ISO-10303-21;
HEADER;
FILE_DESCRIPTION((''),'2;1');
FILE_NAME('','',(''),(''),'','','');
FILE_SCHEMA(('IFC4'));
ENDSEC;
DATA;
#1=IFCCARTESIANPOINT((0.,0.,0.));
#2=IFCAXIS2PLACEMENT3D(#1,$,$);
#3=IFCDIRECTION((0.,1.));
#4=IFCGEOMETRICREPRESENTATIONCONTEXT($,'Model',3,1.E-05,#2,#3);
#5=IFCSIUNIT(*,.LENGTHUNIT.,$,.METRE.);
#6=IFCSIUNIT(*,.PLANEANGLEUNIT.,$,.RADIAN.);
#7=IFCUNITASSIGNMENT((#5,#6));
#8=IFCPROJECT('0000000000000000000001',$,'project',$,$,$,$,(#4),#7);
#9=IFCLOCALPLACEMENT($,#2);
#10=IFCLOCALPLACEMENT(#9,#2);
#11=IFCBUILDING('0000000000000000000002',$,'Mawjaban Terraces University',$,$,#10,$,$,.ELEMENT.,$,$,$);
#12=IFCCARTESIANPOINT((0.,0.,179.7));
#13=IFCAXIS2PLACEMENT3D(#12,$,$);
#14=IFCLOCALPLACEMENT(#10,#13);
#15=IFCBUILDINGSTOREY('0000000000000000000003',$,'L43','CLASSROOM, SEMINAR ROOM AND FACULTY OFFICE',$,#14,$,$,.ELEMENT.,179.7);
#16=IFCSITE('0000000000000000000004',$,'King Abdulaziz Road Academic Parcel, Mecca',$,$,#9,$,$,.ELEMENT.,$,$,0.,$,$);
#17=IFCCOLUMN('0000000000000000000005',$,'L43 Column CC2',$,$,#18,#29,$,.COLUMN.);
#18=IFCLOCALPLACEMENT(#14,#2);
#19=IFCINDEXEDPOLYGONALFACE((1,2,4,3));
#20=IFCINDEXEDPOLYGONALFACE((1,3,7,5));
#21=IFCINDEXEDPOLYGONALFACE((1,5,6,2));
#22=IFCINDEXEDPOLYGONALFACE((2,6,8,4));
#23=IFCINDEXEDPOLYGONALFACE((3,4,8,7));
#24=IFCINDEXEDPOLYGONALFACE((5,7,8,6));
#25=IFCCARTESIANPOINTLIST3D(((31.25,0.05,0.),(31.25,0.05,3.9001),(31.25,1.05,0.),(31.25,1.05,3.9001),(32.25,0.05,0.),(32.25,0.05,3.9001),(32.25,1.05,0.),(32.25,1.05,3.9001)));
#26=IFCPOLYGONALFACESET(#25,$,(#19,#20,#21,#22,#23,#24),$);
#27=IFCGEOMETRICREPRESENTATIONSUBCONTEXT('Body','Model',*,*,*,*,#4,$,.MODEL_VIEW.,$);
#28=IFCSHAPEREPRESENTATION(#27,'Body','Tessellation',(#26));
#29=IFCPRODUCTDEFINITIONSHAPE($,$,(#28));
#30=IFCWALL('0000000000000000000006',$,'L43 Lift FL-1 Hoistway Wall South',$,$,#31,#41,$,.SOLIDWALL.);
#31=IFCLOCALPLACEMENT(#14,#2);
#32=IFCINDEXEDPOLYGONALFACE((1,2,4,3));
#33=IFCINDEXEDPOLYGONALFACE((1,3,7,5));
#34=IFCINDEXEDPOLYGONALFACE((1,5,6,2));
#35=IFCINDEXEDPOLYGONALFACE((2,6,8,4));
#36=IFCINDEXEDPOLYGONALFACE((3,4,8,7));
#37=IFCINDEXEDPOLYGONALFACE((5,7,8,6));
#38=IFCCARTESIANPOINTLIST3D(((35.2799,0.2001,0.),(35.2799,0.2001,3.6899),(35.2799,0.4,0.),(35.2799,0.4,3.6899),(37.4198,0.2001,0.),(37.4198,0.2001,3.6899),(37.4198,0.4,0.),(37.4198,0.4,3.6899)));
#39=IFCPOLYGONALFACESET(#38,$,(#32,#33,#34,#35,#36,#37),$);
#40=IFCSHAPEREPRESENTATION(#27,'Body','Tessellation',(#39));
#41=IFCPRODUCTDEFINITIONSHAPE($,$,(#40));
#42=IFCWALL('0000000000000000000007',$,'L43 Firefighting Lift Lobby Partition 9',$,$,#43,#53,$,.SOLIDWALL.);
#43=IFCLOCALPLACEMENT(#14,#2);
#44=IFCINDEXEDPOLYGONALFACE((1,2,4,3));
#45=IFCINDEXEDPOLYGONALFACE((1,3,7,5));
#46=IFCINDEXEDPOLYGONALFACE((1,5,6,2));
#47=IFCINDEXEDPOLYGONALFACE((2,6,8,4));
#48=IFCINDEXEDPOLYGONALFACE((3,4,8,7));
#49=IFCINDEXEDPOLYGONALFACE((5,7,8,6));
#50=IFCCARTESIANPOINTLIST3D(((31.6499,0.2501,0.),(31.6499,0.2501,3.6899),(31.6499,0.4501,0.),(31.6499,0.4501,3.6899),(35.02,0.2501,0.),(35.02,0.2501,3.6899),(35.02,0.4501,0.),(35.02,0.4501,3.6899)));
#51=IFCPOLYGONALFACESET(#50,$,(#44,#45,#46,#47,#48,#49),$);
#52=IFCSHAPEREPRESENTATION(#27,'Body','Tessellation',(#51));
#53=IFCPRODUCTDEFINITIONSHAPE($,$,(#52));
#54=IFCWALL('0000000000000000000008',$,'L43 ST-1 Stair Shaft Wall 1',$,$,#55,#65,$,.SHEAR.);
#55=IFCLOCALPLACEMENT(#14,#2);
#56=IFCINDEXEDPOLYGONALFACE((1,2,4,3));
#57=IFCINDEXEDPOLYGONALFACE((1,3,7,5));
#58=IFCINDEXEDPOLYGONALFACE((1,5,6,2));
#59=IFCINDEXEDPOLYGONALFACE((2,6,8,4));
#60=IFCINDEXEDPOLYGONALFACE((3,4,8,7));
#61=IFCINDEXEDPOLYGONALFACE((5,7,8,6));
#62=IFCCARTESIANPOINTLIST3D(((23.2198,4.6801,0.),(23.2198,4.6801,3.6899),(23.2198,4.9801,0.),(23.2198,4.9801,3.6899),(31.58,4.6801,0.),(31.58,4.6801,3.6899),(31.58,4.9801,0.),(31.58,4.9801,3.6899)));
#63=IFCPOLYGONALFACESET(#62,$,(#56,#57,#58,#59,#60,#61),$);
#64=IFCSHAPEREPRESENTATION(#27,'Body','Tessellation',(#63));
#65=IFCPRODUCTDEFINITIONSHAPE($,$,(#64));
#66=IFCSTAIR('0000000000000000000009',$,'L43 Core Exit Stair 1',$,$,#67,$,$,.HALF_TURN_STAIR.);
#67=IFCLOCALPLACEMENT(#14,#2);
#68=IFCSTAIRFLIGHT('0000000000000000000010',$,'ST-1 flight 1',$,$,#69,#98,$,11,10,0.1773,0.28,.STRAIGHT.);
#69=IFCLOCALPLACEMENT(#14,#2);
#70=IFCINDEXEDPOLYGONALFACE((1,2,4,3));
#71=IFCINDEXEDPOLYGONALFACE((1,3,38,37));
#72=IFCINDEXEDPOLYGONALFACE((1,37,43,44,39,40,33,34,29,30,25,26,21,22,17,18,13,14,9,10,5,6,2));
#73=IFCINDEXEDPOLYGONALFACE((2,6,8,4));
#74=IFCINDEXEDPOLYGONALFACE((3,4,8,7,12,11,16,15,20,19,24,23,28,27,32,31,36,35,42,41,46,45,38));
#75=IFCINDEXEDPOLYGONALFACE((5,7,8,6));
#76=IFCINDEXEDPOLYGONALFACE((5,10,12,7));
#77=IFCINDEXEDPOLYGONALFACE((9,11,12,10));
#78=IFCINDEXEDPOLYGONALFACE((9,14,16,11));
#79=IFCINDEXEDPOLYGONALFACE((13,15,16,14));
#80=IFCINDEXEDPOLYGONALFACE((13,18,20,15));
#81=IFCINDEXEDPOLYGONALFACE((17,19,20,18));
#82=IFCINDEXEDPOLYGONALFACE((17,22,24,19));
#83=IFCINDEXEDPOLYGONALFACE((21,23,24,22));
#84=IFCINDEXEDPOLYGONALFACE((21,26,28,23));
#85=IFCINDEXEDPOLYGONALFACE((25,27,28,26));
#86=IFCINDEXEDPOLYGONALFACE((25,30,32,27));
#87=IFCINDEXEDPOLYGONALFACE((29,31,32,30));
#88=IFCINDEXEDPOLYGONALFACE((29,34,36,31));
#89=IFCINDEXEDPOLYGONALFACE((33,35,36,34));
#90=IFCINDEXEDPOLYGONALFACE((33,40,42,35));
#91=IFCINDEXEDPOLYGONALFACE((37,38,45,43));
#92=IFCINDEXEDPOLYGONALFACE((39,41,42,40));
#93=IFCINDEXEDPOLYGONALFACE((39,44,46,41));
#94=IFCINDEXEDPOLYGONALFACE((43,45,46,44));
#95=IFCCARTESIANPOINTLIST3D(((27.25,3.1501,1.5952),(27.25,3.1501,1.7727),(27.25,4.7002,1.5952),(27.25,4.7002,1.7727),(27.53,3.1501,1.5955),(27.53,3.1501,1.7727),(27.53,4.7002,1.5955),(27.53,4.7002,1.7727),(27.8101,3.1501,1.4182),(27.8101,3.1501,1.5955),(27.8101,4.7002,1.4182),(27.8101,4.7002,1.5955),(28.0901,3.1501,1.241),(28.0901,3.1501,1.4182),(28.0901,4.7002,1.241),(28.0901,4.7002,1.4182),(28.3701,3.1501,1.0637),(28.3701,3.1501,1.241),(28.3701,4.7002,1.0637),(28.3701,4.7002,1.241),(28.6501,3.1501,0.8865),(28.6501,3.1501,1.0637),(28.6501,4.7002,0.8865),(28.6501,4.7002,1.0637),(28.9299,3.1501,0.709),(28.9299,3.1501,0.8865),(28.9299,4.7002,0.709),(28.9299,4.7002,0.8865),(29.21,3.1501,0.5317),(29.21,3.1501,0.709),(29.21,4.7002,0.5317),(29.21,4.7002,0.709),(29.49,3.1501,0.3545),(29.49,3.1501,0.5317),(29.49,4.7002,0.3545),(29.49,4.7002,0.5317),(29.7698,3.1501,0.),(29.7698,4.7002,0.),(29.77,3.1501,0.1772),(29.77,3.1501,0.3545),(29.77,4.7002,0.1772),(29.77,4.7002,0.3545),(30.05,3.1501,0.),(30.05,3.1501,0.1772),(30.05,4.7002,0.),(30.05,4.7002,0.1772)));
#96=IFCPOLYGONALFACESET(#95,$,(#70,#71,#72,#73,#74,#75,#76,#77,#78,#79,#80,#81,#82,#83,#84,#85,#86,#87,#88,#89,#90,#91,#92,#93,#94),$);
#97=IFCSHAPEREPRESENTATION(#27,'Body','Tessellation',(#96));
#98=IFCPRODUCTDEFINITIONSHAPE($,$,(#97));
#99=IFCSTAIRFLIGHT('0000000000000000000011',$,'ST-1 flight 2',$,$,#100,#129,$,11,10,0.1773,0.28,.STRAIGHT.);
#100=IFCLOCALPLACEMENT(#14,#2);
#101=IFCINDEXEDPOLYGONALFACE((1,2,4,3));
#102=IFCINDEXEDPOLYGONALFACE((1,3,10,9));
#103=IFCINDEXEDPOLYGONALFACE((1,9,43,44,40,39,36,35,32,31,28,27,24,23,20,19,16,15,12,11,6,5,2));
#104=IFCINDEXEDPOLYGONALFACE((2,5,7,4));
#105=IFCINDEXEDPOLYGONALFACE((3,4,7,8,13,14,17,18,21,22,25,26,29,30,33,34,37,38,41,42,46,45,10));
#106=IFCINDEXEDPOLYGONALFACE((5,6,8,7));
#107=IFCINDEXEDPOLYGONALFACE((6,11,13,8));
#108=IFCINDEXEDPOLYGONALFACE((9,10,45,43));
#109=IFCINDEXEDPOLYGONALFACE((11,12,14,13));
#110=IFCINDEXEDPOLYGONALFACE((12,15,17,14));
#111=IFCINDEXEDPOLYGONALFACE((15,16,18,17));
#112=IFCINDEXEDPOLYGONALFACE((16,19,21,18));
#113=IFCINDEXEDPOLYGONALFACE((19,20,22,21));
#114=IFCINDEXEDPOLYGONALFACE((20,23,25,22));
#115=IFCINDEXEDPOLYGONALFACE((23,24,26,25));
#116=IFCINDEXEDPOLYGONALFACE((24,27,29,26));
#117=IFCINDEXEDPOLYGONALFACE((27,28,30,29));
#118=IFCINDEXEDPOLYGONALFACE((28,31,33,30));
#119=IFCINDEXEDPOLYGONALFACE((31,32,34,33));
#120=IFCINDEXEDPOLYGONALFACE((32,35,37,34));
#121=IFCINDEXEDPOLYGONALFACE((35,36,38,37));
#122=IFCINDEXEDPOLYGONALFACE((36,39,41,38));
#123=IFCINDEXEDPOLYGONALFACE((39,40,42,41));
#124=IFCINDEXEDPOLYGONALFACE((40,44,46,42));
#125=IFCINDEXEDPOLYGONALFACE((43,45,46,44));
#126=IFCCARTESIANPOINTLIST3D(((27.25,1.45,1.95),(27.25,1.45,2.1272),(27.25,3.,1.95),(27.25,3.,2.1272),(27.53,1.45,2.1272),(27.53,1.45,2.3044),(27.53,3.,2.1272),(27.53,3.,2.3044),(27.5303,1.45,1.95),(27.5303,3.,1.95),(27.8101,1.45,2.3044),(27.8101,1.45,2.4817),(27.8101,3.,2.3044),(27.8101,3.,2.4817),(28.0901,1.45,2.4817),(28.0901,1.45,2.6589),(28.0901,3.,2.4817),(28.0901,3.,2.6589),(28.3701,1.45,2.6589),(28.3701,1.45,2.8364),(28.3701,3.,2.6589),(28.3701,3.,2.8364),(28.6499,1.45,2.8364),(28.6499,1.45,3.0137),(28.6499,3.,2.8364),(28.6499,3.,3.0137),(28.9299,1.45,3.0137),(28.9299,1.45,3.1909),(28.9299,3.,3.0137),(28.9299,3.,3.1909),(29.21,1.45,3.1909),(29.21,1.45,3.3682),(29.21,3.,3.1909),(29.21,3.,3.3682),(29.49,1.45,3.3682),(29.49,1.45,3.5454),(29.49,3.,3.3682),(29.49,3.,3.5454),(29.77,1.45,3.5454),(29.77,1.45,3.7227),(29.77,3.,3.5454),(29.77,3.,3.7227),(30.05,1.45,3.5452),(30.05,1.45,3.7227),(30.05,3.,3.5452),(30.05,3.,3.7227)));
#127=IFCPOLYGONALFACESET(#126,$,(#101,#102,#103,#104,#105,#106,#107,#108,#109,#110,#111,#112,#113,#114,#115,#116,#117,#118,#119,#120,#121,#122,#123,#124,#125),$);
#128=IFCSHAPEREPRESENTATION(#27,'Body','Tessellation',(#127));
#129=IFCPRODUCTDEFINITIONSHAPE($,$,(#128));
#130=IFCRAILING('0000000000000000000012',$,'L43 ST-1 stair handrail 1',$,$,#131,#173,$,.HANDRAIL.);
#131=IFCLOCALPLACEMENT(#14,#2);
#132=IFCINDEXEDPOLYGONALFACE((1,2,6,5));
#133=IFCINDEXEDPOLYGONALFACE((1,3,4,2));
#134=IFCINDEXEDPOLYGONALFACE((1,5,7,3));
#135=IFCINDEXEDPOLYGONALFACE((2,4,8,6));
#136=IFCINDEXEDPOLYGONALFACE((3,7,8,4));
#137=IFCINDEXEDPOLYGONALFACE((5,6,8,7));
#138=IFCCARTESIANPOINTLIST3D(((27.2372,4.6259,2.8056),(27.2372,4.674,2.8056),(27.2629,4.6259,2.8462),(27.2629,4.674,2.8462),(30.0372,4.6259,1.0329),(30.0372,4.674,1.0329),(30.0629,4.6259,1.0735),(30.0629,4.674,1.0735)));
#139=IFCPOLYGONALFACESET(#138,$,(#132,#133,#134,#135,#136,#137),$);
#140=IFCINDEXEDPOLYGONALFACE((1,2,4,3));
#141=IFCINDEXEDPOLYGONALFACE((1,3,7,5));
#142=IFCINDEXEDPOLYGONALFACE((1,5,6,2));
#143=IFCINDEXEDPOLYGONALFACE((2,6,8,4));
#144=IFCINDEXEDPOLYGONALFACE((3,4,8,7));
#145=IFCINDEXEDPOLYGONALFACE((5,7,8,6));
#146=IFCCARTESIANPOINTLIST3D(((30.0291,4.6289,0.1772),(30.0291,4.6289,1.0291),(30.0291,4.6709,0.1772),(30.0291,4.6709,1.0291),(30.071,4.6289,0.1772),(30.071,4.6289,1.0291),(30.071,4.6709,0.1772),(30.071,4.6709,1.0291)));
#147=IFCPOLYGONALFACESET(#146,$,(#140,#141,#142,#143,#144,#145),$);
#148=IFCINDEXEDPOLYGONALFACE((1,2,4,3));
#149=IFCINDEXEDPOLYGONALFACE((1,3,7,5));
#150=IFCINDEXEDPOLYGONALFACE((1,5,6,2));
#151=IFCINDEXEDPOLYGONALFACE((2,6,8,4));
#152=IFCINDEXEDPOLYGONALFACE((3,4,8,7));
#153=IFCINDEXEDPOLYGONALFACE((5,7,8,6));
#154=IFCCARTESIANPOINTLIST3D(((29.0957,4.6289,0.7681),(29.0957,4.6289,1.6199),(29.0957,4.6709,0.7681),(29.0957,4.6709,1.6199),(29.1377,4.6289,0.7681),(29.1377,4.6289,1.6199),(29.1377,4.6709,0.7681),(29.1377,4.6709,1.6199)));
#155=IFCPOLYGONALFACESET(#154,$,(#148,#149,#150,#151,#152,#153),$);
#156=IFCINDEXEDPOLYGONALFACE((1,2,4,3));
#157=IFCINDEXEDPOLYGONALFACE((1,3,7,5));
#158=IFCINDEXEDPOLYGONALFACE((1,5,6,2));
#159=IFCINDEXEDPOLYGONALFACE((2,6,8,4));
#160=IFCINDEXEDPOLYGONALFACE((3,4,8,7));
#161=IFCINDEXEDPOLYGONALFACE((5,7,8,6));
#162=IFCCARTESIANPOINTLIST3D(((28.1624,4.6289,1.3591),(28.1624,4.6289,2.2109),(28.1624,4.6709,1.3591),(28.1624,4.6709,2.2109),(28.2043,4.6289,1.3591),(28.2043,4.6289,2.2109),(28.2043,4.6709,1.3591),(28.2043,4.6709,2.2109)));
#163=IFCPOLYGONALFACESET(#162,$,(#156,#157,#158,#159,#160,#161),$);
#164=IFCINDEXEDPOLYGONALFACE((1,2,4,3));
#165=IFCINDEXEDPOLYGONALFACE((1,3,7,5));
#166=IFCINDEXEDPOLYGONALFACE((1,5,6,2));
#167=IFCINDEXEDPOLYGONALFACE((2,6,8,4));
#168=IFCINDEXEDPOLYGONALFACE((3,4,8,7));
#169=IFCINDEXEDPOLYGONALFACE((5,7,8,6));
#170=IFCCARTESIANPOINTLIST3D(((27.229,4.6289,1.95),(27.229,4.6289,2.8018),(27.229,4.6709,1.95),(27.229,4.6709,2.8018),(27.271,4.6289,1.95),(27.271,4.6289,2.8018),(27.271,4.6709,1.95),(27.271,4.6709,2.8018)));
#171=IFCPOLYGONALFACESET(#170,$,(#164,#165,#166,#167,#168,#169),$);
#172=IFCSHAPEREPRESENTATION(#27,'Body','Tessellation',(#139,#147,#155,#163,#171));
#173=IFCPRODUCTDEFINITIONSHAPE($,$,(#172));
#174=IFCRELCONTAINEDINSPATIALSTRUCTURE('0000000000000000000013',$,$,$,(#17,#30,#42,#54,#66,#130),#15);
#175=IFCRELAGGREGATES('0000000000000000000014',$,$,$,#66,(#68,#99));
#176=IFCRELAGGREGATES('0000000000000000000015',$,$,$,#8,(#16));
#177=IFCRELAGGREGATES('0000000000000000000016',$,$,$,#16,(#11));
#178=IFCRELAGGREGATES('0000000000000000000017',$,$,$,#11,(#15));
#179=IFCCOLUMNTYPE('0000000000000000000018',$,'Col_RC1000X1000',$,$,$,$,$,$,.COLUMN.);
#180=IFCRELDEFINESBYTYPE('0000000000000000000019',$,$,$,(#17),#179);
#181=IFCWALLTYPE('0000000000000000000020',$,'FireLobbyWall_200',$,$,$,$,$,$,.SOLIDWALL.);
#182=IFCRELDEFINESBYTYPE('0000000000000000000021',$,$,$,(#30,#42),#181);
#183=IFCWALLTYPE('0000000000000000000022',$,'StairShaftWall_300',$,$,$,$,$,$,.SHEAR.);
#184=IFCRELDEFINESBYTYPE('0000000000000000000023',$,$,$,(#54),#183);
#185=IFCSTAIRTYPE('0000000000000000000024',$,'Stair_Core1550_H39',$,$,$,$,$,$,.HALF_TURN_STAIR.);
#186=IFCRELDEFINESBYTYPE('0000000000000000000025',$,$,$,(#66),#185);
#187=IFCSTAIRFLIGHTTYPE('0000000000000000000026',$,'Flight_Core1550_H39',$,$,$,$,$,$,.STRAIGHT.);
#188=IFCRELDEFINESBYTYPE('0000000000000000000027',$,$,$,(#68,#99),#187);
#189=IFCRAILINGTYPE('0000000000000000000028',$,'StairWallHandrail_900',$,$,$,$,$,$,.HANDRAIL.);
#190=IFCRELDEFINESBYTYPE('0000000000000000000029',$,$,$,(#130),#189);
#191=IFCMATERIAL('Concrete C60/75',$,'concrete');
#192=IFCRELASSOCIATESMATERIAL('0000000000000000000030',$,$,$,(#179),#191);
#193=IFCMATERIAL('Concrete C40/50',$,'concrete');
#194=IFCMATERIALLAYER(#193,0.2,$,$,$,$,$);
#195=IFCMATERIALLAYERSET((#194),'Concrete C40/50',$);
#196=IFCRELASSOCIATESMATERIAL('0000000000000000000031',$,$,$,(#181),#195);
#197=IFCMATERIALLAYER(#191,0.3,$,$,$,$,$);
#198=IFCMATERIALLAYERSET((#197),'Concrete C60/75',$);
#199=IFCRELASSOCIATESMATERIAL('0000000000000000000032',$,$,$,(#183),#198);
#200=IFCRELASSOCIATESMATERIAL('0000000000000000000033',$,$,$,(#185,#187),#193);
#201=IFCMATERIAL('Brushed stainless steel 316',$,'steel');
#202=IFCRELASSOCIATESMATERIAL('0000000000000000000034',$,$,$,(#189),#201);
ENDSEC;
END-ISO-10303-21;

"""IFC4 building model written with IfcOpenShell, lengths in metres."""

from ifc_helpers import new_model, si_unit, direction, frame, frame_2d, origin, origin_2d, place, context, subcontext, project, spatial, polyline, rectangle, outline, extrude, material, layer, layer_set, material_profile, profile_set, type_object, element, aggregate, save


model = new_model("IFC4")

# Units and contexts
model_context = context("Model", 3, precision=1e-05, world=origin(), true_north=direction((0.0, 1.0)))
body_context = subcontext(model_context, "Body", "Model", "MODEL_VIEW")
ifc_project = project(units=[si_unit("LENGTHUNIT", "METRE"), si_unit("PLANEANGLEUNIT", "RADIAN")], contexts=[model_context])

# Site, building, storey
site_placement = place(None, origin())
site = spatial("IfcSite", under=ifc_project, at=site_placement, Name="King Abdulaziz Road Academic Parcel, Mecca", CompositionType="ELEMENT", RefElevation=0.0)
building_placement = place(site_placement, origin())
building = spatial("IfcBuilding", under=site, at=building_placement, Name="Mawjaban Terraces University", CompositionType="ELEMENT")
storey_placement = place(building_placement, frame((0.0, 0.0, 179.7)))
storey = spatial("IfcBuildingStorey", under=building, at=storey_placement, Name="L43", Description="CLASSROOM, SEMINAR ROOM AND FACULTY OFFICE", CompositionType="ELEMENT", Elevation=179.7)

# Column
ifc_material_1 = material(Name="Concrete C60/75", Category="concrete")
ifc_material_profile = material_profile(ifc_material_1, rectangle(XDim=1.0, YDim=1.0, at=origin_2d()), Name="RC1000X1000")
ifc_profile_set = profile_set([ifc_material_profile], Name="Concrete C60/75")
column_type = type_object("IfcColumnType", Name="Col_RC1000X1000", PredefinedType="COLUMN", material=ifc_profile_set)
column_placement = place(storey_placement, frame((31.75, 0.55, 0.0), z_axis=(0.0, 0.0, 1.0), x_axis=(1.0, 0.0, 0.0)))
element("IfcColumn", 1, at=column_placement, inside=storey, type_object=column_type, Name="L43 Column CC2", PredefinedType="COLUMN", context=body_context, shape_type="SweptSolid", body=[
    extrude(rectangle(XDim=1.0, YDim=1.0, at=origin_2d()), origin(), (0.0, 0.0, 1.0), 3.9001),
])

# Shared definitions
ifc_material_2 = material(Name="Concrete C40/50", Category="concrete")
ifc_layer_1 = layer(ifc_material_2, 0.2)
ifc_layer_set_1 = layer_set([ifc_layer_1], Name="Concrete C40/50")
wall_type_1 = type_object("IfcWallType", Name="FireLobbyWall_200", PredefinedType="SOLIDWALL", material=ifc_layer_set_1)

# Wall
wall_1_placement = place(storey_placement, frame((35.28, 0.3, 0.0), z_axis=(0.0, 0.0, 1.0), x_axis=(1.0, 0.0, 0.0)))
element("IfcWall", 2, at=wall_1_placement, inside=storey, type_object=wall_type_1, Name="L43 Lift FL-1 Hoistway Wall South", PredefinedType="SOLIDWALL", context=body_context, shape_type="SweptSolid", body=[
    extrude(rectangle(XDim=2.1399, YDim=0.2, at=frame_2d((1.0698, 0.0))), origin(), (0.0, 0.0, 1.0), 3.6899),
])

# Wall
wall_2_placement = place(storey_placement, frame((31.6499, 0.3501, 0.0), z_axis=(0.0, 0.0, 1.0), x_axis=(1.0, 0.0, 0.0)))
element("IfcWall", 3, at=wall_2_placement, inside=storey, type_object=wall_type_1, Name="L43 Firefighting Lift Lobby Partition 9", PredefinedType="SOLIDWALL", context=body_context, shape_type="SweptSolid", body=[
    extrude(rectangle(XDim=3.3701, YDim=0.2, at=frame_2d((1.6851, 0.0))), origin(), (0.0, 0.0, 1.0), 3.6899),
])

# Wall
ifc_layer_2 = layer(ifc_material_1, 0.3)
ifc_layer_set_2 = layer_set([ifc_layer_2], Name="Concrete C60/75")
wall_type_2 = type_object("IfcWallType", Name="StairShaftWall_300", PredefinedType="SHEAR", material=ifc_layer_set_2)
wall_3_placement = place(storey_placement, frame((31.5801, 4.8301, 0.0), z_axis=(0.0, 0.0, 1.0), x_axis=(-1.0, 0.0, 0.0)))
element("IfcWall", 4, at=wall_3_placement, inside=storey, type_object=wall_type_2, Name="L43 ST-1 Stair Shaft Wall 1", PredefinedType="SHEAR", context=body_context, shape_type="SweptSolid", body=[
    extrude(rectangle(XDim=8.3601, YDim=0.3, at=frame_2d((4.1802, 0.0))), origin(), (0.0, 0.0, 1.0), 3.6899),
])

# Stair, stair flights
stair_type = type_object("IfcStairType", Name="Stair_Core1550_H39", PredefinedType="HALF_TURN_STAIR", material=ifc_material_2)
stair_placement = place(storey_placement, origin())
stair = element("IfcStair", 5, at=stair_placement, inside=storey, type_object=stair_type, Name="L43 Core Exit Stair 1", PredefinedType="HALF_TURN_STAIR")
stair_flight_type = type_object("IfcStairFlightType", Name="Flight_Core1550_H39", PredefinedType="STRAIGHT", material=ifc_material_2)
stair_flight_1_placement = place(storey_placement, frame((30.05, 3.925, 0.0), z_axis=(0.0, 0.0, 1.0), x_axis=(-1.0, 0.0, 0.0)))
stair_flight_1 = element("IfcStairFlight", 6, at=stair_flight_1_placement, type_object=stair_flight_type, Name="ST-1 flight 1", NumberOfRisers=11, NumberOfTreads=10, PredefinedType="STRAIGHT", RiserHeight=0.1773, TreadLength=0.28, context=body_context, shape_type="SweptSolid", body=[
    extrude(outline(polyline([(0.0, 0.0), (0.0, 0.1772), (0.28, 0.1772), (0.28, 0.3545), (0.5601, 0.3545), (0.5601, 0.5317), (0.8401, 0.5317), (0.8401, 0.709), (1.1201, 0.709), (1.1201, 0.8865), (1.3999, 0.8865), (1.3999, 1.0637), (1.6799, 1.0637), (1.6799, 1.241), (1.96, 1.241), (1.96, 1.4182), (2.24, 1.4182), (2.24, 1.5955), (2.52, 1.5955), (2.52, 1.7727), (2.8, 1.7727), (2.8, 1.95), (2.8, 1.5952), (0.2803, 0.0), (0.0, 0.0)])), frame((0.0, 0.7749, 0.0), z_axis=(0.0, -1.0, 0.0), x_axis=(1.0, 0.0, 0.0)), (0.0, 0.0, 1.0), 1.55),
])
stair_flight_2_placement = place(storey_placement, frame((27.25, 2.2251, 1.95), z_axis=(0.0, 0.0, 1.0), x_axis=(1.0, 0.0, 0.0)))
stair_flight_2 = element("IfcStairFlight", 7, at=stair_flight_2_placement, type_object=stair_flight_type, Name="ST-1 flight 2", NumberOfRisers=11, NumberOfTreads=10, PredefinedType="STRAIGHT", RiserHeight=0.1773, TreadLength=0.28, context=body_context, shape_type="SweptSolid", body=[
    extrude(outline(polyline([(0.0, 0.0), (0.0, 0.1772), (0.28, 0.1772), (0.28, 0.3545), (0.5601, 0.3545), (0.5601, 0.5317), (0.8401, 0.5317), (0.8401, 0.709), (1.1201, 0.709), (1.1201, 0.8865), (1.3999, 0.8865), (1.3999, 1.0637), (1.6799, 1.0637), (1.6799, 1.241), (1.96, 1.241), (1.96, 1.4182), (2.24, 1.4182), (2.24, 1.5955), (2.52, 1.5955), (2.52, 1.7727), (2.8, 1.7727), (2.8, 1.95), (2.8, 1.5952), (0.2803, 0.0), (0.0, 0.0)])), frame((0.0, 0.7749, 0.0), z_axis=(0.0, -1.0, 0.0), x_axis=(1.0, 0.0, 0.0)), (0.0, 0.0, 1.0), 1.55),
])
aggregate(stair, [stair_flight_1, stair_flight_2])

# Railing
ifc_material_3 = material(Name="Brushed stainless steel 316", Category="steel")
railing_type_1 = type_object("IfcRailingType", Name="StairWallHandrail_900", PredefinedType="HANDRAIL", material=ifc_material_3)
railing_1_placement = place(storey_placement, frame((30.05, 4.6499, 0.1772)))
element("IfcRailing", 8, at=railing_1_placement, inside=storey, type_object=railing_type_1, Name="L43 ST-1 stair handrail 1", PredefinedType="HANDRAIL", context=body_context, shape_type="SweptSolid", body=[
    extrude(rectangle(XDim=0.0481, YDim=0.0481, at=origin_2d()), frame((0.0, 0.0, 0.876), z_axis=(-0.844909, 0.0, 0.53491), x_axis=(0.0, -1.0, 0.0)), (0.0, 0.0, 1.0), 3.314),
    extrude(rectangle(XDim=0.042, YDim=0.042, at=origin_2d()), origin(), (0.0, 0.0, 1.0), 0.8518),
    extrude(rectangle(XDim=0.042, YDim=0.042, at=origin_2d()), frame((-0.9333, 0.0, 0.5908)), (0.0, 0.0, 1.0), 0.8518),
    extrude(rectangle(XDim=0.042, YDim=0.042, at=origin_2d()), frame((-1.8667, 0.0, 1.1819)), (0.0, 0.0, 1.0), 0.8518),
    extrude(rectangle(XDim=0.042, YDim=0.042, at=origin_2d()), frame((-2.8, 0.0, 1.7727)), (0.0, 0.0, 1.0), 0.8518),
])

save(model, "model.ifc")
